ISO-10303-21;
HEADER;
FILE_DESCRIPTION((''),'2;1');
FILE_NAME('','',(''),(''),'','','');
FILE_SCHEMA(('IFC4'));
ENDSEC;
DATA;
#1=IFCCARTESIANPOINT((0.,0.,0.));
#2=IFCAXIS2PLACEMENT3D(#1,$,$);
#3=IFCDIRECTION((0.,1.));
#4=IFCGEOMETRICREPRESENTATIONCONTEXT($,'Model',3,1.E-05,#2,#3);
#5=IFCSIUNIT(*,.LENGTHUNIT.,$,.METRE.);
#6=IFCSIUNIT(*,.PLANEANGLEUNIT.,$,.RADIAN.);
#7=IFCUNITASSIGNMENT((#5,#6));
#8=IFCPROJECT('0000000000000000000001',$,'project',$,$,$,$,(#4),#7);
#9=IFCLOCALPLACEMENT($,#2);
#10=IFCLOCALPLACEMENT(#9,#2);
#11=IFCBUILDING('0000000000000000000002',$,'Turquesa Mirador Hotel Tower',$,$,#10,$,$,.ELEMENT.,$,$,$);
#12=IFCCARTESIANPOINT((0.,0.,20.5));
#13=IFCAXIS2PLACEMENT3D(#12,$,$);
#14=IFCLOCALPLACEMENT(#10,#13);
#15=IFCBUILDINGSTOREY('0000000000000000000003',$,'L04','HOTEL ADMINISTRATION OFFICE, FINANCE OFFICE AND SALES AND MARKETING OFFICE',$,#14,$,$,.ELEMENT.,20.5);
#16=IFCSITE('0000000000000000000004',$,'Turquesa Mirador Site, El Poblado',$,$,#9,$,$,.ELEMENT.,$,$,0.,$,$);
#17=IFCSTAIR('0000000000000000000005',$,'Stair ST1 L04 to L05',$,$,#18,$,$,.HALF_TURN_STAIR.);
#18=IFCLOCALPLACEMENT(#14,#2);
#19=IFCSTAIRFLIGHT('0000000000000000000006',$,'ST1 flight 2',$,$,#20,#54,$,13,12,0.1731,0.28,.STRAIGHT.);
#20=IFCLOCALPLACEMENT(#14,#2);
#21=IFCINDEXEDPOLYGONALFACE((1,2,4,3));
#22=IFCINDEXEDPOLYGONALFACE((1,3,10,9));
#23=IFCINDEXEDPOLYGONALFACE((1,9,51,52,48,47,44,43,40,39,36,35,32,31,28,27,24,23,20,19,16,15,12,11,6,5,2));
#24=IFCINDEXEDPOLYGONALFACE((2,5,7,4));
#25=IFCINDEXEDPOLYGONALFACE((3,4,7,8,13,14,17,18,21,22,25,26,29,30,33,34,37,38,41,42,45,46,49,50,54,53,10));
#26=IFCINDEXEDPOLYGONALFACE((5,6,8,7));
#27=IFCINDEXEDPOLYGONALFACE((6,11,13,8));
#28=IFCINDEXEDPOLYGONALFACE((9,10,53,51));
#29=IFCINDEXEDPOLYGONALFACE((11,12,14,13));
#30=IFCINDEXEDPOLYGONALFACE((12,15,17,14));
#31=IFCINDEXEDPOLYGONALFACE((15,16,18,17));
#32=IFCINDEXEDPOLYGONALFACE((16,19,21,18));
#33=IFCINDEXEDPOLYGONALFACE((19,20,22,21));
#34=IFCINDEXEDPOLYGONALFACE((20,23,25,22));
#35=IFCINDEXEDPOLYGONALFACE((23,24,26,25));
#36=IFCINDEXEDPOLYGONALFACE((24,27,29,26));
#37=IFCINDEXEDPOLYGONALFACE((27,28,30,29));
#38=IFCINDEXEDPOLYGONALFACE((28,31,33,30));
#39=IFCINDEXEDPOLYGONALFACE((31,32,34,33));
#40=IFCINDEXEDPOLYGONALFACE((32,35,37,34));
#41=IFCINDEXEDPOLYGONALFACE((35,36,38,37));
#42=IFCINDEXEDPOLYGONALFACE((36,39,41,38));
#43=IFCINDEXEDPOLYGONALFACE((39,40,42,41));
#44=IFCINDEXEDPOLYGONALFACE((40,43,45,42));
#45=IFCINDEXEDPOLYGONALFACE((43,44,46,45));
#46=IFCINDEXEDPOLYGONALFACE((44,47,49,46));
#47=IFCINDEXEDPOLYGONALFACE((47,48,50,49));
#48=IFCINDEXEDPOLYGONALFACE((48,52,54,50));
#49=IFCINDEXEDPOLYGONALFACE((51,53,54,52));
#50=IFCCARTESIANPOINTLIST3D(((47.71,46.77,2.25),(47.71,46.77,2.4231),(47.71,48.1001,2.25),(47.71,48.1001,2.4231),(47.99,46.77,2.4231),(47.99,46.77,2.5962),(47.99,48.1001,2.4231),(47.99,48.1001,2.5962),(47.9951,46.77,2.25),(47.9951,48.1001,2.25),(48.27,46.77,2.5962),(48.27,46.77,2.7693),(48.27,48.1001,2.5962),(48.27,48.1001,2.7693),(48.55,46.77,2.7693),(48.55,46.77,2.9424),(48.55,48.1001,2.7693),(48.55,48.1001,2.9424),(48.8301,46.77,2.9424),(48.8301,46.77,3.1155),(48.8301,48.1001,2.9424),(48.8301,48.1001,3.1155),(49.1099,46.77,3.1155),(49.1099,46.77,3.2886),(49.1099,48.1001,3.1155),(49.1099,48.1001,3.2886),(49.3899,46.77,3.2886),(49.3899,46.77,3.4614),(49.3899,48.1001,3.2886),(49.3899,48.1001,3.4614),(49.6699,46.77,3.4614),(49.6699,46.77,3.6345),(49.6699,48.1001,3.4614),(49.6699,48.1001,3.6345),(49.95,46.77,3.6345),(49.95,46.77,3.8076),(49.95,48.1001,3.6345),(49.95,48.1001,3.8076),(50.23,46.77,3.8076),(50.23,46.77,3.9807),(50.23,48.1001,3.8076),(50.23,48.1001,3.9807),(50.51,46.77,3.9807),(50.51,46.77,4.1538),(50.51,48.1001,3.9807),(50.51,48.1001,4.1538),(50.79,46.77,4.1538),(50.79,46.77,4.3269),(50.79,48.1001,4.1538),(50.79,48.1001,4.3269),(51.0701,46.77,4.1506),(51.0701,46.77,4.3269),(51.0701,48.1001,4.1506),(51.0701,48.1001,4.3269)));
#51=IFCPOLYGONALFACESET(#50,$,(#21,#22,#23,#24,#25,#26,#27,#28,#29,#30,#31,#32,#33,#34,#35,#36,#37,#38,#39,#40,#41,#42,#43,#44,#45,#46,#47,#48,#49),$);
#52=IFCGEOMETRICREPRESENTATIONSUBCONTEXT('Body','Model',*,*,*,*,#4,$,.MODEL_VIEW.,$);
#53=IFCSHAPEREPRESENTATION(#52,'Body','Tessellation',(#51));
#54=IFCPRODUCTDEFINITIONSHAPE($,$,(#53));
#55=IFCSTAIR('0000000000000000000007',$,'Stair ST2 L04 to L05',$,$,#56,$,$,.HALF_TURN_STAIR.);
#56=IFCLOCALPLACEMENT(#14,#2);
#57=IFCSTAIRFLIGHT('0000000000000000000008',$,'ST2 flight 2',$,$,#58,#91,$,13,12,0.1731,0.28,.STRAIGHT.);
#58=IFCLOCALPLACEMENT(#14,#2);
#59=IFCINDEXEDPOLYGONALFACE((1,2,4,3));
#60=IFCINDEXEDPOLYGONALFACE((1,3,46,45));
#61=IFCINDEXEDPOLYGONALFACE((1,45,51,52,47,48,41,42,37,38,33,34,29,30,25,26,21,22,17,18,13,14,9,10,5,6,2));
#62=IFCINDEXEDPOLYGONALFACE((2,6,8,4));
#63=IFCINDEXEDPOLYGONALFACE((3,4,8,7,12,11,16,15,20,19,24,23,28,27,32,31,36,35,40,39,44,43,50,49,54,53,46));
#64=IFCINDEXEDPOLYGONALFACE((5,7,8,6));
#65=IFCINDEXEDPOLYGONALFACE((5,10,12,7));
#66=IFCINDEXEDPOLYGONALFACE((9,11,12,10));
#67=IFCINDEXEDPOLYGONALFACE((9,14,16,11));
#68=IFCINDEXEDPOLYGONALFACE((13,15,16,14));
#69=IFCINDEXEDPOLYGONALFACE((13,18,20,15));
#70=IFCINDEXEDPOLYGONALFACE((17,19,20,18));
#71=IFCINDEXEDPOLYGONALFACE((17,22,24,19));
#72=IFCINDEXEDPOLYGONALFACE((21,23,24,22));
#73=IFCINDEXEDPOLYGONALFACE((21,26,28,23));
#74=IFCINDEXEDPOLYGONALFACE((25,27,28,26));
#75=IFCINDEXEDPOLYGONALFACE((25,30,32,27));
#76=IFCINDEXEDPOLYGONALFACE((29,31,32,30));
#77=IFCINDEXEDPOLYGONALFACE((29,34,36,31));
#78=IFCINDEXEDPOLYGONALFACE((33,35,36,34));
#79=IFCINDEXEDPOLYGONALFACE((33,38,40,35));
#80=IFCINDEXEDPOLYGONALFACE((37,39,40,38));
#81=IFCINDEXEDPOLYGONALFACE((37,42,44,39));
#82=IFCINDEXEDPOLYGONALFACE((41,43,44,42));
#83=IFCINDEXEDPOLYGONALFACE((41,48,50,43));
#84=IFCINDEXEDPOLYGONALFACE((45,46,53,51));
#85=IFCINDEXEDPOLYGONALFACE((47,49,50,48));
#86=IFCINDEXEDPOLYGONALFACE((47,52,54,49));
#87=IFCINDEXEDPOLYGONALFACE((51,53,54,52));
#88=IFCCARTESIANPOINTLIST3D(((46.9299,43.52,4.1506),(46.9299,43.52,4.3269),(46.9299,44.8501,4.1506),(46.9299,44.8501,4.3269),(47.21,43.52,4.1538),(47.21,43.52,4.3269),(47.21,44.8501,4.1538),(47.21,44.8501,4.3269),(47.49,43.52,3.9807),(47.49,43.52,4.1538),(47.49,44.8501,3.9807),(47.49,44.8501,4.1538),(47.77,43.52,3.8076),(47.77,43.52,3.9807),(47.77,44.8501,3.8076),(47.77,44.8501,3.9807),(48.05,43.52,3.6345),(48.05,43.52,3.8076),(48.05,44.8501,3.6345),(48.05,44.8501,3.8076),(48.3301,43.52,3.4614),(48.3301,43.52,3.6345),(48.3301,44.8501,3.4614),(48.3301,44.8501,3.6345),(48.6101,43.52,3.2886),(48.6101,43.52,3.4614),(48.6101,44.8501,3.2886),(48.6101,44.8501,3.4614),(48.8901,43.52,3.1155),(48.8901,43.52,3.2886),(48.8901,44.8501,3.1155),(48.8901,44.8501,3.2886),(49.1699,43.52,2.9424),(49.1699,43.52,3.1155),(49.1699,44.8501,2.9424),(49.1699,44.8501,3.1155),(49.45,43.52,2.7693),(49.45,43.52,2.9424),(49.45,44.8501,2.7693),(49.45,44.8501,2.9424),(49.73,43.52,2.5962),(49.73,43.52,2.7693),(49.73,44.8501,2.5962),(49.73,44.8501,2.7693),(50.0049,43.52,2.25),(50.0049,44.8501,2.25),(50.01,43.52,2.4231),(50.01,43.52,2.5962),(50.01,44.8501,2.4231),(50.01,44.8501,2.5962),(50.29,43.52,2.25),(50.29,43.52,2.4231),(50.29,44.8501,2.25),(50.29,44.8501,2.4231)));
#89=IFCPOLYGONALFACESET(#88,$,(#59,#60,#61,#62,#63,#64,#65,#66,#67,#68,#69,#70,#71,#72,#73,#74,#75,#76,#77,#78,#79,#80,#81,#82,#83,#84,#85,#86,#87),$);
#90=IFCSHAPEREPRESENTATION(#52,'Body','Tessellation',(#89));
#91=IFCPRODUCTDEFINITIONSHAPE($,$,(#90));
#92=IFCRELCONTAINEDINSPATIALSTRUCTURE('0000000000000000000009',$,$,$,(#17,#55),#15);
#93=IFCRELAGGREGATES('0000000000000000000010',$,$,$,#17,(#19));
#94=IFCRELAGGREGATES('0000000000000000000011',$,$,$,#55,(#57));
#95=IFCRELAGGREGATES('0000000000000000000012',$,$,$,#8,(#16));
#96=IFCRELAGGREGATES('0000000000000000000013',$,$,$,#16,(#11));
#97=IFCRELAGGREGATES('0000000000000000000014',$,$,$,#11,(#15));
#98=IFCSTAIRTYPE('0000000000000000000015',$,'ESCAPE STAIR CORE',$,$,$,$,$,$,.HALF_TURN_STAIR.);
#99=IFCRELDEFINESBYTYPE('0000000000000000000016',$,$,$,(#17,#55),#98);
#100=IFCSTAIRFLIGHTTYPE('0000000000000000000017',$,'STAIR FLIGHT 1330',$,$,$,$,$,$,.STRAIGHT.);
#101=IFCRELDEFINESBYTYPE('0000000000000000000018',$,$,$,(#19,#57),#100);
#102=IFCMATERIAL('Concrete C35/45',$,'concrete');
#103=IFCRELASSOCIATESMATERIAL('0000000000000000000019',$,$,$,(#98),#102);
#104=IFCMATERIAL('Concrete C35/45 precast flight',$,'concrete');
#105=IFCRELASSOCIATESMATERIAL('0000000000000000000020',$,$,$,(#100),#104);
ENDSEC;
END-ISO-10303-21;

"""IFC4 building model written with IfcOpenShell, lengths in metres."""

from ifc_helpers import new_model, si_unit, direction, frame, origin, place, context, subcontext, project, spatial, polyline, outline, extrude, material, type_object, element, aggregate, save


model = new_model("IFC4")

# Units and contexts
model_context = context("Model", 3, precision=1e-05, world=origin(), true_north=direction((0.0, 1.0)))
body_context = subcontext(model_context, "Body", "Model", "MODEL_VIEW")
ifc_project = project(units=[si_unit("LENGTHUNIT", "METRE"), si_unit("PLANEANGLEUNIT", "RADIAN")], contexts=[model_context])

# Site, building, storey
site_placement = place(None, origin())
site = spatial("IfcSite", under=ifc_project, at=site_placement, Name="Turquesa Mirador Site, El Poblado", CompositionType="ELEMENT", RefElevation=0.0)
building_placement = place(site_placement, origin())
building = spatial("IfcBuilding", under=site, at=building_placement, Name="Turquesa Mirador Hotel Tower", CompositionType="ELEMENT")
storey_placement = place(building_placement, frame((0.0, 0.0, 20.5)))
storey = spatial("IfcBuildingStorey", under=building, at=storey_placement, Name="L04", Description="HOTEL ADMINISTRATION OFFICE, FINANCE OFFICE AND SALES AND MARKETING OFFICE", CompositionType="ELEMENT", Elevation=20.5)

# Stair, stair flight
ifc_material_1 = material(Name="Concrete C35/45", Category="concrete")
stair_type = type_object("IfcStairType", Name="ESCAPE STAIR CORE", PredefinedType="HALF_TURN_STAIR", material=ifc_material_1)
stair_1_placement = place(storey_placement, origin())
stair_1 = element("IfcStair", 1, at=stair_1_placement, inside=storey, type_object=stair_type, Name="Stair ST1 L04 to L05", PredefinedType="HALF_TURN_STAIR")
ifc_material_2 = material(Name="Concrete C35/45 precast flight", Category="concrete")
stair_flight_type = type_object("IfcStairFlightType", Name="STAIR FLIGHT 1330", PredefinedType="STRAIGHT", material=ifc_material_2)
stair_flight_1_placement = place(storey_placement, frame((47.71, 47.4351, 2.25), z_axis=(0.0, 0.0, 1.0), x_axis=(1.0, 0.0, 0.0)))
stair_flight_1 = element("IfcStairFlight", 2, at=stair_flight_1_placement, type_object=stair_flight_type, Name="ST1 flight 2", NumberOfRisers=13, NumberOfTreads=12, PredefinedType="STRAIGHT", RiserHeight=0.1731, TreadLength=0.28, context=body_context, shape_type="SweptSolid", body=[
    extrude(outline(polyline([(0.0, 0.0), (0.0, 0.1731), (0.28, 0.1731), (0.28, 0.3462), (0.5601, 0.3462), (0.5601, 0.5193), (0.8401, 0.5193), (0.8401, 0.6924), (1.1201, 0.6924), (1.1201, 0.8655), (1.3999, 0.8655), (1.3999, 1.0386), (1.6799, 1.0386), (1.6799, 1.2114), (1.96, 1.2114), (1.96, 1.3845), (2.24, 1.3845), (2.24, 1.5576), (2.52, 1.5576), (2.52, 1.7307), (2.8, 1.7307), (2.8, 1.9038), (3.0801, 1.9038), (3.0801, 2.0769), (3.3601, 2.0769), (3.3601, 2.25), (3.3601, 1.9006), (0.2852, 0.0), (0.0, 0.0)])), frame((0.0, 0.665, 0.0), z_axis=(0.0, -1.0, 0.0), x_axis=(1.0, 0.0, 0.0)), (0.0, 0.0, 1.0), 1.3301),
])
aggregate(stair_1, [stair_flight_1])

# Stair, stair flight
stair_2_placement = place(storey_placement, origin())
stair_2 = element("IfcStair", 3, at=stair_2_placement, inside=storey, type_object=stair_type, Name="Stair ST2 L04 to L05", PredefinedType="HALF_TURN_STAIR")
stair_flight_2_placement = place(storey_placement, frame((50.29, 44.1851, 2.25), z_axis=(0.0, 0.0, 1.0), x_axis=(-1.0, 0.0, 0.0)))
stair_flight_2 = element("IfcStairFlight", 4, at=stair_flight_2_placement, type_object=stair_flight_type, Name="ST2 flight 2", NumberOfRisers=13, NumberOfTreads=12, PredefinedType="STRAIGHT", RiserHeight=0.1731, TreadLength=0.28, context=body_context, shape_type="SweptSolid", body=[
    extrude(outline(polyline([(0.0, 0.0), (0.0, 0.1731), (0.28, 0.1731), (0.28, 0.3462), (0.5601, 0.3462), (0.5601, 0.5193), (0.8401, 0.5193), (0.8401, 0.6924), (1.1201, 0.6924), (1.1201, 0.8655), (1.3999, 0.8655), (1.3999, 1.0386), (1.6799, 1.0386), (1.6799, 1.2114), (1.96, 1.2114), (1.96, 1.3845), (2.24, 1.3845), (2.24, 1.5576), (2.52, 1.5576), (2.52, 1.7307), (2.8, 1.7307), (2.8, 1.9038), (3.0801, 1.9038), (3.0801, 2.0769), (3.3601, 2.0769), (3.3601, 2.25), (3.3601, 1.9006), (0.2852, 0.0), (0.0, 0.0)])), frame((0.0, 0.665, 0.0), z_axis=(0.0, -1.0, 0.0), x_axis=(1.0, 0.0, 0.0)), (0.0, 0.0, 1.0), 1.3301),
])
aggregate(stair_2, [stair_flight_2])

save(model, "model.ifc")
